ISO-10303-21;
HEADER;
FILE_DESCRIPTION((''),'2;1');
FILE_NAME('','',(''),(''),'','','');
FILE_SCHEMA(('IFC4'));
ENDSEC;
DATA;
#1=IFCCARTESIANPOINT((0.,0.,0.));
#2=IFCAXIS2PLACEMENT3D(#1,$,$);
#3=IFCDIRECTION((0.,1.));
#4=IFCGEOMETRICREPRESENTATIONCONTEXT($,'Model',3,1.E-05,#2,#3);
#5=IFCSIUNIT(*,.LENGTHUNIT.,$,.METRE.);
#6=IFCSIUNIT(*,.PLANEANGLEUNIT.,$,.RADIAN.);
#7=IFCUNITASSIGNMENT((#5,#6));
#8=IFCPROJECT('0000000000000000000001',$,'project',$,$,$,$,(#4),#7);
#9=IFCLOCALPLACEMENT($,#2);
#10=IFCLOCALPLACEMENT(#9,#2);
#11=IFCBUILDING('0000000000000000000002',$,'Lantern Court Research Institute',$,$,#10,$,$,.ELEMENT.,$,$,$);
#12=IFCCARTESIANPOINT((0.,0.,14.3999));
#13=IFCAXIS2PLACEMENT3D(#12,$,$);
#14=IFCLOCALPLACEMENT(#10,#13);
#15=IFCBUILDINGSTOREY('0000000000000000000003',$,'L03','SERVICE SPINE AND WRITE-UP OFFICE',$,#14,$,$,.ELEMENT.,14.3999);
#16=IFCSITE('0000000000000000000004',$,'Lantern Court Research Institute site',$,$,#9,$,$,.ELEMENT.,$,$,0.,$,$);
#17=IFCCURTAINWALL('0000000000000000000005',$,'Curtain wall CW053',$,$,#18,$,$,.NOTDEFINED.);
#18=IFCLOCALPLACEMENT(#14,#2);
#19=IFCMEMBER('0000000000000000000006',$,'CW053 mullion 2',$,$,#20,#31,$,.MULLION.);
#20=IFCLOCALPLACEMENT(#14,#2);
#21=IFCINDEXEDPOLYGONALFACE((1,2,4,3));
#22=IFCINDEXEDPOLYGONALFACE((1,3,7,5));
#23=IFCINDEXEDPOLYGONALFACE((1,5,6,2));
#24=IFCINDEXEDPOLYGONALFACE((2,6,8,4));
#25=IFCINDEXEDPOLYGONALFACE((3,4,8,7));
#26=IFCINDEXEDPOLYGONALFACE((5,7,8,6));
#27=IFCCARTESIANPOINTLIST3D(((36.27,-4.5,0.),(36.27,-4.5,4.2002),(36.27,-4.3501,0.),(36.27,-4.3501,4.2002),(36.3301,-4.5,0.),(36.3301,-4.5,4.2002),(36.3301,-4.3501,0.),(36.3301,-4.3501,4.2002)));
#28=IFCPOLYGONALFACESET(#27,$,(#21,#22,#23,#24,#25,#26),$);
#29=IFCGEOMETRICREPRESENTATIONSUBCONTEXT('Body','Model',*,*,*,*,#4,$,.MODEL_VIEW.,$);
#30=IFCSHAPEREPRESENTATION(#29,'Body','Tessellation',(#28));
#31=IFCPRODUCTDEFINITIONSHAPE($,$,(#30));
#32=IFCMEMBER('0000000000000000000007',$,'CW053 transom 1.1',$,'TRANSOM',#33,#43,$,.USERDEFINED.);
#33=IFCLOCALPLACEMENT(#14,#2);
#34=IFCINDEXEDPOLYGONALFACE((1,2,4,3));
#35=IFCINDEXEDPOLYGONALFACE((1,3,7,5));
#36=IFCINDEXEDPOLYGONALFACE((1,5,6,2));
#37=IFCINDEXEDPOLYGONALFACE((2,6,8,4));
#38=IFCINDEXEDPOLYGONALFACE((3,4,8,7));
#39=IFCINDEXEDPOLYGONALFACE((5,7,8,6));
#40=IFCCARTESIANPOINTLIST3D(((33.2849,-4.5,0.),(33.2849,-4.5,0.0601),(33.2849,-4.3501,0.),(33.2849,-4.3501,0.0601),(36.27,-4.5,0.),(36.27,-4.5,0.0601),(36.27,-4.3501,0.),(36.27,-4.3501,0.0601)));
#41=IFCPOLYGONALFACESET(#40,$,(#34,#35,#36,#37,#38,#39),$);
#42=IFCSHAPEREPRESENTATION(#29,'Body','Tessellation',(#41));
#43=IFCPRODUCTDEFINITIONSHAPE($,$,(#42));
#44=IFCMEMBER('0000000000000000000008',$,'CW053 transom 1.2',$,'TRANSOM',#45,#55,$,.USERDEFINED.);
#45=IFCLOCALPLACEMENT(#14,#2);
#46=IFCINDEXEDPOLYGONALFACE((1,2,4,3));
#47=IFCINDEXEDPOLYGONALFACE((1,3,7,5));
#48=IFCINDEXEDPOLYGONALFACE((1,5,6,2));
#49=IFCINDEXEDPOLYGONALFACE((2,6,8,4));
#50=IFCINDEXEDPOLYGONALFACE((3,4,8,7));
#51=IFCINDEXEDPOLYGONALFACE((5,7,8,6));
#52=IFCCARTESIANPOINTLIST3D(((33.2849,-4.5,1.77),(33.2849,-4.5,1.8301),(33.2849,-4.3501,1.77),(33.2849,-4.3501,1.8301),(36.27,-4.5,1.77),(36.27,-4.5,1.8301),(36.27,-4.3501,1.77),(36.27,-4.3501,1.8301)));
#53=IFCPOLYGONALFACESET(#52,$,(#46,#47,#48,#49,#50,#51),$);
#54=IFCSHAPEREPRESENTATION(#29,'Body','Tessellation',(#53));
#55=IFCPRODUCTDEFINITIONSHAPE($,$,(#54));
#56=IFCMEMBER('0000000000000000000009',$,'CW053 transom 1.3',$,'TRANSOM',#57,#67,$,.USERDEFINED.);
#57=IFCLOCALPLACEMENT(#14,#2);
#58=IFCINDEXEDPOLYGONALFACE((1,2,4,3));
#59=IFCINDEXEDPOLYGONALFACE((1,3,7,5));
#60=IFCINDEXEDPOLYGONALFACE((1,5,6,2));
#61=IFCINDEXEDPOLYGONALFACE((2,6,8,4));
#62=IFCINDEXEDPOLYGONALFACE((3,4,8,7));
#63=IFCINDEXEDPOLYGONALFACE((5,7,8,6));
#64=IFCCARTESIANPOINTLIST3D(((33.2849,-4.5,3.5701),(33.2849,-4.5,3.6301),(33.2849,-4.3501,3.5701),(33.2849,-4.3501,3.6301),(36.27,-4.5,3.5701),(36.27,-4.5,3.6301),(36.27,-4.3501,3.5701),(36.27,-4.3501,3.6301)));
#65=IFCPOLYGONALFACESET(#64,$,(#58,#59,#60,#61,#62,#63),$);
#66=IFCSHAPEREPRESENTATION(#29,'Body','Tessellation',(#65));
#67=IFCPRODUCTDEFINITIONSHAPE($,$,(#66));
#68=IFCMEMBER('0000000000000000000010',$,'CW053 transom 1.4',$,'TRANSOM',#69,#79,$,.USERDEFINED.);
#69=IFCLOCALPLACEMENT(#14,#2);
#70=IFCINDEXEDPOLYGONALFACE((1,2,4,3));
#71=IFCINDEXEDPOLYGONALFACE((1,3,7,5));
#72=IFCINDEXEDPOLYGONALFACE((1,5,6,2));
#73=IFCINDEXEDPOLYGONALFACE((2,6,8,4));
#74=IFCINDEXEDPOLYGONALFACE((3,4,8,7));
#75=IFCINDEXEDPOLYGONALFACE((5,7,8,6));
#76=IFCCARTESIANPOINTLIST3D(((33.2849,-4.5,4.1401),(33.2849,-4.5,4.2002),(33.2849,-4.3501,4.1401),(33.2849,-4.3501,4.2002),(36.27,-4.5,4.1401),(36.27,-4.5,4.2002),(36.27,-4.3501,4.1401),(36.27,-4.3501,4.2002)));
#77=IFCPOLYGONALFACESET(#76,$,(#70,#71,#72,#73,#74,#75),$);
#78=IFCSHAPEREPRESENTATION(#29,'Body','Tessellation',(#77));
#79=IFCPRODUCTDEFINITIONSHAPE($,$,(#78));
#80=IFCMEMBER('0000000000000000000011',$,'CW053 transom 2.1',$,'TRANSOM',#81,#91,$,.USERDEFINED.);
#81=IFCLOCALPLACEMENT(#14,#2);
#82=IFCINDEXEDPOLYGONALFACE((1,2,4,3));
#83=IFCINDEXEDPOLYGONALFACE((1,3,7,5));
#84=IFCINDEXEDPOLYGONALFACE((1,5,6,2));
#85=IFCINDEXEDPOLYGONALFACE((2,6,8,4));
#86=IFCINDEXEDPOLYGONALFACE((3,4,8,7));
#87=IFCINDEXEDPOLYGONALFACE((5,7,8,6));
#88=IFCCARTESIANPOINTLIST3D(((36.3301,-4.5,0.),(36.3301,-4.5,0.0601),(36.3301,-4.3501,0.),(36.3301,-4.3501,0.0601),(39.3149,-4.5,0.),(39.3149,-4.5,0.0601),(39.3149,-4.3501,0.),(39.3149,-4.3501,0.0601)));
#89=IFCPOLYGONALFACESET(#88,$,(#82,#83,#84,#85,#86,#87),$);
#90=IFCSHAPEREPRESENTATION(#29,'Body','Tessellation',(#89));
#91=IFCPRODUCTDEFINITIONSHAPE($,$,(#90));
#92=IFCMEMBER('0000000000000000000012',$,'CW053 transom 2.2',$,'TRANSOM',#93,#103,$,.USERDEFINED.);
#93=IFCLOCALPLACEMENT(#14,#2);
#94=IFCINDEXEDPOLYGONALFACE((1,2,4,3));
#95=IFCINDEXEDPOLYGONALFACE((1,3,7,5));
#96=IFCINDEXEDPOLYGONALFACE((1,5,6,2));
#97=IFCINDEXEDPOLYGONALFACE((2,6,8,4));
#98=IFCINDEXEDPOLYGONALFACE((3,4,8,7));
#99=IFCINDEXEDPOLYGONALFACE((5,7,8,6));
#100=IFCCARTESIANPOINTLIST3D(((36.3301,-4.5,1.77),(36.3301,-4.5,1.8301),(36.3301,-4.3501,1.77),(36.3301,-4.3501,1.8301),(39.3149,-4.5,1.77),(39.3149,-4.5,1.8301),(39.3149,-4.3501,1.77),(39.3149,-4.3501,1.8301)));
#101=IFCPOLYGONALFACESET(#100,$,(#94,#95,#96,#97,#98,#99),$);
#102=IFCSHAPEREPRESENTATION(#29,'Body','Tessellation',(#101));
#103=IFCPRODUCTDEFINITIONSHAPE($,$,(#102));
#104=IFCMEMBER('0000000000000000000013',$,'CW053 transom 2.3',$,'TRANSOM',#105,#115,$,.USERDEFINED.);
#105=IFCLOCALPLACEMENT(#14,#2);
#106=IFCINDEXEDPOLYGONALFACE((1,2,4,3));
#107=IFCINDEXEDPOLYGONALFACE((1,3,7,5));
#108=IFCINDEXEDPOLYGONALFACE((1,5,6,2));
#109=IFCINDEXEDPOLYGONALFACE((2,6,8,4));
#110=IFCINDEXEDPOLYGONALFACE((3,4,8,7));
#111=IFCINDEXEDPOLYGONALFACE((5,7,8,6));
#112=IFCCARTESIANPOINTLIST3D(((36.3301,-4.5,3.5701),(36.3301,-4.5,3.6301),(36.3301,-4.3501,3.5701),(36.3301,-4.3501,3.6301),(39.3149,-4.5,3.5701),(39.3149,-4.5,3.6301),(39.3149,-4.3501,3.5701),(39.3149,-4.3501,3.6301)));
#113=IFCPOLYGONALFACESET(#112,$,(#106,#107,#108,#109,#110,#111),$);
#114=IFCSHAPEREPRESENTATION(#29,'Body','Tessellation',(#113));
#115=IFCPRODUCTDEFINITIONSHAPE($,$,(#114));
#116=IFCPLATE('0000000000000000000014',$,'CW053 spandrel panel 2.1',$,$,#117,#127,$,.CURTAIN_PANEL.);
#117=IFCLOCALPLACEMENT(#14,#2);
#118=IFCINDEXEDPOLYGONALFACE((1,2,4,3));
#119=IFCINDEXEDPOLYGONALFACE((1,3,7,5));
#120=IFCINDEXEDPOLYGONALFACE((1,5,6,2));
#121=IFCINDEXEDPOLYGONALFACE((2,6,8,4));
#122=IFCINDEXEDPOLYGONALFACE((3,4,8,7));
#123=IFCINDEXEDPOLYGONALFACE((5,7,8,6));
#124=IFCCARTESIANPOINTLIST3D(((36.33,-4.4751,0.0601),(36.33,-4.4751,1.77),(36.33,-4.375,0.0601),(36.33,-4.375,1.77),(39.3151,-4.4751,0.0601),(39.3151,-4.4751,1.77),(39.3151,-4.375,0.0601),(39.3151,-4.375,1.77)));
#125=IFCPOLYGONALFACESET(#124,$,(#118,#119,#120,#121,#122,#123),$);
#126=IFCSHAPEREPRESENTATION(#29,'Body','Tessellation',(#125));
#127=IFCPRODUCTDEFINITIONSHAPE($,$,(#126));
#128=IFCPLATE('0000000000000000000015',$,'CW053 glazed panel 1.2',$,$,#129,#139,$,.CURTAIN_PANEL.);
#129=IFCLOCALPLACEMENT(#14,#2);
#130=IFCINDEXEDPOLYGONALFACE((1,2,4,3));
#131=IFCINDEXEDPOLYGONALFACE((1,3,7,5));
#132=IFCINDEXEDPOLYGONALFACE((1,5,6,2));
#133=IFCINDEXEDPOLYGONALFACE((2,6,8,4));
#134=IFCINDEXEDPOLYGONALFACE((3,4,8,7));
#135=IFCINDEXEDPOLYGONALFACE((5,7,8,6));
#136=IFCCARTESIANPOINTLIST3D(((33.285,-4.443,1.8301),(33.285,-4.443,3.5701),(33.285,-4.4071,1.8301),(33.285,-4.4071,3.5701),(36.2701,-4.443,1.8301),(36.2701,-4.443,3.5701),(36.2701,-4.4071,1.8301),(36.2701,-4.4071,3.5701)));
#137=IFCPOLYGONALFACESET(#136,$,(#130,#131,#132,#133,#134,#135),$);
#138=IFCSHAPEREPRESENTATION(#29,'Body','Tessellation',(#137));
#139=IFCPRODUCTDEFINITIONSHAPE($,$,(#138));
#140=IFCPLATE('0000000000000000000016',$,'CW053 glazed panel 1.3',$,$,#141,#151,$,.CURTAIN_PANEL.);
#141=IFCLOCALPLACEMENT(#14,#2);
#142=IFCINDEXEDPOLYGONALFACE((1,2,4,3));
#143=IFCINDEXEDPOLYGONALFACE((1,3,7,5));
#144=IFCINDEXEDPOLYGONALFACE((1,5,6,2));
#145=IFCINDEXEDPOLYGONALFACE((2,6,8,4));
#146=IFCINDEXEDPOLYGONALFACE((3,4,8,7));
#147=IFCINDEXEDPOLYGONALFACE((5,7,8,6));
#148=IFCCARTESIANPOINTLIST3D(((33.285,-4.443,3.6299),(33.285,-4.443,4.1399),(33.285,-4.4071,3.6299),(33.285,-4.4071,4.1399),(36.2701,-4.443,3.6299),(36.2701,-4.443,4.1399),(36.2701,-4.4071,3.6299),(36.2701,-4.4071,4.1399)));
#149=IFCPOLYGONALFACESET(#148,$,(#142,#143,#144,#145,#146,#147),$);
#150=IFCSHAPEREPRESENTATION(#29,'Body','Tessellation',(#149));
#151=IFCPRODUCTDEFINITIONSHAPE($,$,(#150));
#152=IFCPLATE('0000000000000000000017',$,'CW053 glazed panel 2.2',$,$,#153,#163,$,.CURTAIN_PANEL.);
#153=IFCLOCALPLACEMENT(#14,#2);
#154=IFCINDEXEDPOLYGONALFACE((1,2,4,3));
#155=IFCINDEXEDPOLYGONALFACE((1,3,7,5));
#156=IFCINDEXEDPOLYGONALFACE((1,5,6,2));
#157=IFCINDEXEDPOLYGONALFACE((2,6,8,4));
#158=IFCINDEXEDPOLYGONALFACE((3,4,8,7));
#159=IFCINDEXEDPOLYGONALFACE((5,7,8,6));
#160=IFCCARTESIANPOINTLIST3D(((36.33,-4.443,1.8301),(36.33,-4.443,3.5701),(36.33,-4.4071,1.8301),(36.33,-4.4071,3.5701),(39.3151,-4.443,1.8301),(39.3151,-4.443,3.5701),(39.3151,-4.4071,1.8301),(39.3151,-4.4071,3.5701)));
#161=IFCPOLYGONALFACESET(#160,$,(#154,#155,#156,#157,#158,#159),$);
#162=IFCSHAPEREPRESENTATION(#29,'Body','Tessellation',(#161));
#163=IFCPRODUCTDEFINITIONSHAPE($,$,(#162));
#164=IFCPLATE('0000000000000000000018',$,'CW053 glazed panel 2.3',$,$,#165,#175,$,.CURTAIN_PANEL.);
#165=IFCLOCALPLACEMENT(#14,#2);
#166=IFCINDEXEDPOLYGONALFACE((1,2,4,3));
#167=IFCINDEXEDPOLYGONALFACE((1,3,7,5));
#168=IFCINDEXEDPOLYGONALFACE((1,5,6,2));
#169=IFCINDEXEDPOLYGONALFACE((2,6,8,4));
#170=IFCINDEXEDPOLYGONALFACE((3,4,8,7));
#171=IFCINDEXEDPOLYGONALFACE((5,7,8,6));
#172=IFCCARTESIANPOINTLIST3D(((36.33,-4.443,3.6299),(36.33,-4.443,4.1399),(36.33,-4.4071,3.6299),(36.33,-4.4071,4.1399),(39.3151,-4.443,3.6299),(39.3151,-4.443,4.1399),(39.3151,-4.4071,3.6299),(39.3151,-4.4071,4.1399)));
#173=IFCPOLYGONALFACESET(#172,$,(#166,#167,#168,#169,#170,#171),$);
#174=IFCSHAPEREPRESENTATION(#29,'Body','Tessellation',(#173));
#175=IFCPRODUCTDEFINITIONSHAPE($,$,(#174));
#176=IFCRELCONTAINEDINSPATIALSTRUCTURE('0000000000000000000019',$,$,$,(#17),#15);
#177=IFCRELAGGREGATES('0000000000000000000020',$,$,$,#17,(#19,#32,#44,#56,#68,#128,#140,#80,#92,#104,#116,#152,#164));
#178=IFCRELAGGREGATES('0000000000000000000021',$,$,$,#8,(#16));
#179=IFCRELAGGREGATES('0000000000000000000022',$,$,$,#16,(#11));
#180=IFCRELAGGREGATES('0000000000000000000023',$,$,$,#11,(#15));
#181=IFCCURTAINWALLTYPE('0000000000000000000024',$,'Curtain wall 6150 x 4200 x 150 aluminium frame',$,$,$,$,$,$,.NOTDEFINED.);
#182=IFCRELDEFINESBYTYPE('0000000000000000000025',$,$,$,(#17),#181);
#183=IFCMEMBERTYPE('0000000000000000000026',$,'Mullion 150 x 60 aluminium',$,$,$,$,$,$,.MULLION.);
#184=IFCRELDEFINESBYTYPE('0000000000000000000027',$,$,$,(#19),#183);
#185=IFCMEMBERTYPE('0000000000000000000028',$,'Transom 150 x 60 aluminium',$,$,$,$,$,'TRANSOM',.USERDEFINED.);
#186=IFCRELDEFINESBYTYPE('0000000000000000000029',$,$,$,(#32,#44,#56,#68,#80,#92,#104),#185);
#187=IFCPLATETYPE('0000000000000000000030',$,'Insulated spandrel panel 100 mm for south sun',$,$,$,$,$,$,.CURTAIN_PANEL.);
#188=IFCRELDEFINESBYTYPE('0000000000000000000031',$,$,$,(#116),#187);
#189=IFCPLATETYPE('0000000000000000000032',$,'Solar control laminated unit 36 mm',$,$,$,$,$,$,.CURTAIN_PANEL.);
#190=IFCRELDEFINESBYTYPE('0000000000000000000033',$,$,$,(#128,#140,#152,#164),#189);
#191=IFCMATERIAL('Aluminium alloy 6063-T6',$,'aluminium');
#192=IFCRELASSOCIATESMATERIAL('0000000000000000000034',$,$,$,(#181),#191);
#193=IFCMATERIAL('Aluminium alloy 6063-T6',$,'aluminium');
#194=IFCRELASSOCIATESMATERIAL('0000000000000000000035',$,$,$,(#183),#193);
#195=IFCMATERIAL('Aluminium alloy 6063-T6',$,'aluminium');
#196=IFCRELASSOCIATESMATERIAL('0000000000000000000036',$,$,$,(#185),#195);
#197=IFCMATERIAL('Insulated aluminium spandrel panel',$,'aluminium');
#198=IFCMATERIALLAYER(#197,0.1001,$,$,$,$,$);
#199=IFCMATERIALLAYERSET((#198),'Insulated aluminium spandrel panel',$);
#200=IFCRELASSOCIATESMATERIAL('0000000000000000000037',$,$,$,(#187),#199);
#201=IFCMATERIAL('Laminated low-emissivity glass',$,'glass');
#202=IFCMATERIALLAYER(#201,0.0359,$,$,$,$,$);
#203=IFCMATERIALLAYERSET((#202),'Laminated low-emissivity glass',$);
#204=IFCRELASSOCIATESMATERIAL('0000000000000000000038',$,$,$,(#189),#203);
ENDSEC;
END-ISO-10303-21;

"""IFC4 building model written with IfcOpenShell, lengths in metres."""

from ifc_helpers import new_model, si_unit, direction, frame, origin, origin_2d, place, context, subcontext, project, spatial, rectangle, extrude, material, layer, layer_set, material_profile, profile_set, type_object, element, aggregate, save


model = new_model("IFC4")

# Units and contexts
model_context = context("Model", 3, precision=1e-05, world=origin(), true_north=direction((0.0, 1.0)))
body_context = subcontext(model_context, "Body", "Model", "MODEL_VIEW")
ifc_project = project(units=[si_unit("LENGTHUNIT", "METRE"), si_unit("PLANEANGLEUNIT", "RADIAN")], contexts=[model_context])

# Site, building, storey
site_placement = place(None, origin())
site = spatial("IfcSite", under=ifc_project, at=site_placement, Name="Lantern Court Research Institute site", CompositionType="ELEMENT", RefElevation=0.0)
building_placement = place(site_placement, origin())
building = spatial("IfcBuilding", under=site, at=building_placement, Name="Lantern Court Research Institute", CompositionType="ELEMENT")
storey_placement = place(building_placement, frame((0.0, 0.0, 14.3999)))
storey = spatial("IfcBuildingStorey", under=building, at=storey_placement, Name="L03", Description="SERVICE SPINE AND WRITE-UP OFFICE", CompositionType="ELEMENT", Elevation=14.3999)

# Curtain wall, members, plates
ifc_material_1 = material(Name="Aluminium alloy 6063-T6", Category="aluminium")
curtain_wall_type = type_object("IfcCurtainWallType", Name="Curtain wall 6150 x 4200 x 150 aluminium frame", PredefinedType="NOTDEFINED", material=ifc_material_1)
curtain_wall_placement = place(storey_placement, origin())
curtain_wall = element("IfcCurtainWall", 1, at=curtain_wall_placement, inside=storey, type_object=curtain_wall_type, Name="Curtain wall CW053", PredefinedType="NOTDEFINED")
ifc_material_2 = material(Name="Aluminium alloy 6063-T6", Category="aluminium")
ifc_material_profile_1 = material_profile(ifc_material_2, rectangle(XDim=0.1499, YDim=0.0601, at=origin_2d()), Name="Mullion 150 x 60")
ifc_profile_set_1 = profile_set([ifc_material_profile_1], Name="Aluminium alloy 6063-T6")
member_type_1 = type_object("IfcMemberType", Name="Mullion 150 x 60 aluminium", PredefinedType="MULLION", material=ifc_profile_set_1)
member_1_placement = place(storey_placement, frame((36.3, -4.425, 0.0), z_axis=(0.0, 0.0, 1.0), x_axis=(0.0, -1.0, 0.0)))
member_1 = element("IfcMember", 2, at=member_1_placement, type_object=member_type_1, Name="CW053 mullion 2", PredefinedType="MULLION", context=body_context, shape_type="SweptSolid", body=[
    extrude(rectangle(XDim=0.1499, YDim=0.0601, at=origin_2d()), origin(), (0.0, 0.0, 1.0), 4.2002),
])
ifc_material_3 = material(Name="Aluminium alloy 6063-T6", Category="aluminium")
ifc_material_profile_2 = material_profile(ifc_material_3, rectangle(XDim=0.1499, YDim=0.0601, at=origin_2d()), Name="Transom 150 x 60")
ifc_profile_set_2 = profile_set([ifc_material_profile_2], Name="Aluminium alloy 6063-T6")
member_type_2 = type_object("IfcMemberType", Name="Transom 150 x 60 aluminium", ElementType="TRANSOM", PredefinedType="USERDEFINED", material=ifc_profile_set_2)
member_2_placement = place(storey_placement, frame((36.27, -4.425, 0.03), z_axis=(-1.0, 0.0, 0.0), x_axis=(0.0, -1.0, 0.0)))
member_2 = element("IfcMember", 3, at=member_2_placement, type_object=member_type_2, Name="CW053 transom 1.1", ObjectType="TRANSOM", PredefinedType="USERDEFINED", context=body_context, shape_type="SweptSolid", body=[
    extrude(rectangle(XDim=0.1499, YDim=0.0601, at=origin_2d()), origin(), (0.0, 0.0, 1.0), 2.9851),
])
member_3_placement = place(storey_placement, frame((36.27, -4.425, 1.8), z_axis=(-1.0, 0.0, 0.0), x_axis=(0.0, -1.0, 0.0)))
member_3 = element("IfcMember", 4, at=member_3_placement, type_object=member_type_2, Name="CW053 transom 1.2", ObjectType="TRANSOM", PredefinedType="USERDEFINED", context=body_context, shape_type="SweptSolid", body=[
    extrude(rectangle(XDim=0.1499, YDim=0.0601, at=origin_2d()), origin(), (0.0, 0.0, 1.0), 2.9851),
])
member_4_placement = place(storey_placement, frame((36.27, -4.425, 3.6001), z_axis=(-1.0, 0.0, 0.0), x_axis=(0.0, -1.0, 0.0)))
member_4 = element("IfcMember", 5, at=member_4_placement, type_object=member_type_2, Name="CW053 transom 1.3", ObjectType="TRANSOM", PredefinedType="USERDEFINED", context=body_context, shape_type="SweptSolid", body=[
    extrude(rectangle(XDim=0.1499, YDim=0.0601, at=origin_2d()), origin(), (0.0, 0.0, 1.0), 2.9851),
])
member_5_placement = place(storey_placement, frame((36.27, -4.425, 4.1702), z_axis=(-1.0, 0.0, 0.0), x_axis=(0.0, -1.0, 0.0)))
member_5 = element("IfcMember", 6, at=member_5_placement, type_object=member_type_2, Name="CW053 transom 1.4", ObjectType="TRANSOM", PredefinedType="USERDEFINED", context=body_context, shape_type="SweptSolid", body=[
    extrude(rectangle(XDim=0.1499, YDim=0.0601, at=origin_2d()), origin(), (0.0, 0.0, 1.0), 2.9851),
])
member_6_placement = place(storey_placement, frame((39.3149, -4.425, 0.03), z_axis=(-1.0, 0.0, 0.0), x_axis=(0.0, -1.0, 0.0)))
member_6 = element("IfcMember", 7, at=member_6_placement, type_object=member_type_2, Name="CW053 transom 2.1", ObjectType="TRANSOM", PredefinedType="USERDEFINED", context=body_context, shape_type="SweptSolid", body=[
    extrude(rectangle(XDim=0.1499, YDim=0.0601, at=origin_2d()), origin(), (0.0, 0.0, 1.0), 2.9849),
])
member_7_placement = place(storey_placement, frame((39.3149, -4.425, 1.8), z_axis=(-1.0, 0.0, 0.0), x_axis=(0.0, -1.0, 0.0)))
member_7 = element("IfcMember", 8, at=member_7_placement, type_object=member_type_2, Name="CW053 transom 2.2", ObjectType="TRANSOM", PredefinedType="USERDEFINED", context=body_context, shape_type="SweptSolid", body=[
    extrude(rectangle(XDim=0.1499, YDim=0.0601, at=origin_2d()), origin(), (0.0, 0.0, 1.0), 2.9849),
])
member_8_placement = place(storey_placement, frame((39.3149, -4.425, 3.6001), z_axis=(-1.0, 0.0, 0.0), x_axis=(0.0, -1.0, 0.0)))
member_8 = element("IfcMember", 9, at=member_8_placement, type_object=member_type_2, Name="CW053 transom 2.3", ObjectType="TRANSOM", PredefinedType="USERDEFINED", context=body_context, shape_type="SweptSolid", body=[
    extrude(rectangle(XDim=0.1499, YDim=0.0601, at=origin_2d()), origin(), (0.0, 0.0, 1.0), 2.9849),
])
ifc_material_4 = material(Name="Insulated aluminium spandrel panel", Category="aluminium")
ifc_layer_1 = layer(ifc_material_4, 0.1001)
ifc_layer_set_1 = layer_set([ifc_layer_1], Name="Insulated aluminium spandrel panel")
plate_type_1 = type_object("IfcPlateType", Name="Insulated spandrel panel 100 mm for south sun", PredefinedType="CURTAIN_PANEL", material=ifc_layer_set_1)
plate_1_placement = place(storey_placement, frame((37.8225, -4.425, 0.0601), z_axis=(0.0, 0.0, 1.0), x_axis=(-1.0, 0.0, 0.0)))
plate_1 = element("IfcPlate", 10, at=plate_1_placement, type_object=plate_type_1, Name="CW053 spandrel panel 2.1", PredefinedType="CURTAIN_PANEL", context=body_context, shape_type="SweptSolid", body=[
    extrude(rectangle(XDim=2.9851, YDim=0.1001, at=origin_2d()), origin(), (0.0, 0.0, 1.0), 1.71),
])
ifc_material_5 = material(Name="Laminated low-emissivity glass", Category="glass")
ifc_layer_2 = layer(ifc_material_5, 0.0359)
ifc_layer_set_2 = layer_set([ifc_layer_2], Name="Laminated low-emissivity glass")
plate_type_2 = type_object("IfcPlateType", Name="Solar control laminated unit 36 mm", PredefinedType="CURTAIN_PANEL", material=ifc_layer_set_2)
plate_2_placement = place(storey_placement, frame((34.7776, -4.425, 1.8301), z_axis=(0.0, 0.0, 1.0), x_axis=(-1.0, 0.0, 0.0)))
plate_2 = element("IfcPlate", 11, at=plate_2_placement, type_object=plate_type_2, Name="CW053 glazed panel 1.2", PredefinedType="CURTAIN_PANEL", context=body_context, shape_type="SweptSolid", body=[
    extrude(rectangle(XDim=2.9851, YDim=0.0359, at=origin_2d()), origin(), (0.0, 0.0, 1.0), 1.74),
])
plate_3_placement = place(storey_placement, frame((34.7776, -4.425, 3.6299), z_axis=(0.0, 0.0, 1.0), x_axis=(-1.0, 0.0, 0.0)))
plate_3 = element("IfcPlate", 12, at=plate_3_placement, type_object=plate_type_2, Name="CW053 glazed panel 1.3", PredefinedType="CURTAIN_PANEL", context=body_context, shape_type="SweptSolid", body=[
    extrude(rectangle(XDim=2.9851, YDim=0.0359, at=origin_2d()), origin(), (0.0, 0.0, 1.0), 0.51),
])
plate_4_placement = place(storey_placement, frame((37.8225, -4.425, 1.8301), z_axis=(0.0, 0.0, 1.0), x_axis=(-1.0, 0.0, 0.0)))
plate_4 = element("IfcPlate", 13, at=plate_4_placement, type_object=plate_type_2, Name="CW053 glazed panel 2.2", PredefinedType="CURTAIN_PANEL", context=body_context, shape_type="SweptSolid", body=[
    extrude(rectangle(XDim=2.9851, YDim=0.0359, at=origin_2d()), origin(), (0.0, 0.0, 1.0), 1.74),
])
plate_5_placement = place(storey_placement, frame((37.8225, -4.425, 3.6299), z_axis=(0.0, 0.0, 1.0), x_axis=(-1.0, 0.0, 0.0)))
plate_5 = element("IfcPlate", 14, at=plate_5_placement, type_object=plate_type_2, Name="CW053 glazed panel 2.3", PredefinedType="CURTAIN_PANEL", context=body_context, shape_type="SweptSolid", body=[
    extrude(rectangle(XDim=2.9851, YDim=0.0359, at=origin_2d()), origin(), (0.0, 0.0, 1.0), 0.51),
])
aggregate(curtain_wall, [member_1, member_2, member_3, member_4, member_5, plate_2, plate_3, member_6, member_7, member_8, plate_1, plate_4, plate_5])

save(model, "model.ifc")
